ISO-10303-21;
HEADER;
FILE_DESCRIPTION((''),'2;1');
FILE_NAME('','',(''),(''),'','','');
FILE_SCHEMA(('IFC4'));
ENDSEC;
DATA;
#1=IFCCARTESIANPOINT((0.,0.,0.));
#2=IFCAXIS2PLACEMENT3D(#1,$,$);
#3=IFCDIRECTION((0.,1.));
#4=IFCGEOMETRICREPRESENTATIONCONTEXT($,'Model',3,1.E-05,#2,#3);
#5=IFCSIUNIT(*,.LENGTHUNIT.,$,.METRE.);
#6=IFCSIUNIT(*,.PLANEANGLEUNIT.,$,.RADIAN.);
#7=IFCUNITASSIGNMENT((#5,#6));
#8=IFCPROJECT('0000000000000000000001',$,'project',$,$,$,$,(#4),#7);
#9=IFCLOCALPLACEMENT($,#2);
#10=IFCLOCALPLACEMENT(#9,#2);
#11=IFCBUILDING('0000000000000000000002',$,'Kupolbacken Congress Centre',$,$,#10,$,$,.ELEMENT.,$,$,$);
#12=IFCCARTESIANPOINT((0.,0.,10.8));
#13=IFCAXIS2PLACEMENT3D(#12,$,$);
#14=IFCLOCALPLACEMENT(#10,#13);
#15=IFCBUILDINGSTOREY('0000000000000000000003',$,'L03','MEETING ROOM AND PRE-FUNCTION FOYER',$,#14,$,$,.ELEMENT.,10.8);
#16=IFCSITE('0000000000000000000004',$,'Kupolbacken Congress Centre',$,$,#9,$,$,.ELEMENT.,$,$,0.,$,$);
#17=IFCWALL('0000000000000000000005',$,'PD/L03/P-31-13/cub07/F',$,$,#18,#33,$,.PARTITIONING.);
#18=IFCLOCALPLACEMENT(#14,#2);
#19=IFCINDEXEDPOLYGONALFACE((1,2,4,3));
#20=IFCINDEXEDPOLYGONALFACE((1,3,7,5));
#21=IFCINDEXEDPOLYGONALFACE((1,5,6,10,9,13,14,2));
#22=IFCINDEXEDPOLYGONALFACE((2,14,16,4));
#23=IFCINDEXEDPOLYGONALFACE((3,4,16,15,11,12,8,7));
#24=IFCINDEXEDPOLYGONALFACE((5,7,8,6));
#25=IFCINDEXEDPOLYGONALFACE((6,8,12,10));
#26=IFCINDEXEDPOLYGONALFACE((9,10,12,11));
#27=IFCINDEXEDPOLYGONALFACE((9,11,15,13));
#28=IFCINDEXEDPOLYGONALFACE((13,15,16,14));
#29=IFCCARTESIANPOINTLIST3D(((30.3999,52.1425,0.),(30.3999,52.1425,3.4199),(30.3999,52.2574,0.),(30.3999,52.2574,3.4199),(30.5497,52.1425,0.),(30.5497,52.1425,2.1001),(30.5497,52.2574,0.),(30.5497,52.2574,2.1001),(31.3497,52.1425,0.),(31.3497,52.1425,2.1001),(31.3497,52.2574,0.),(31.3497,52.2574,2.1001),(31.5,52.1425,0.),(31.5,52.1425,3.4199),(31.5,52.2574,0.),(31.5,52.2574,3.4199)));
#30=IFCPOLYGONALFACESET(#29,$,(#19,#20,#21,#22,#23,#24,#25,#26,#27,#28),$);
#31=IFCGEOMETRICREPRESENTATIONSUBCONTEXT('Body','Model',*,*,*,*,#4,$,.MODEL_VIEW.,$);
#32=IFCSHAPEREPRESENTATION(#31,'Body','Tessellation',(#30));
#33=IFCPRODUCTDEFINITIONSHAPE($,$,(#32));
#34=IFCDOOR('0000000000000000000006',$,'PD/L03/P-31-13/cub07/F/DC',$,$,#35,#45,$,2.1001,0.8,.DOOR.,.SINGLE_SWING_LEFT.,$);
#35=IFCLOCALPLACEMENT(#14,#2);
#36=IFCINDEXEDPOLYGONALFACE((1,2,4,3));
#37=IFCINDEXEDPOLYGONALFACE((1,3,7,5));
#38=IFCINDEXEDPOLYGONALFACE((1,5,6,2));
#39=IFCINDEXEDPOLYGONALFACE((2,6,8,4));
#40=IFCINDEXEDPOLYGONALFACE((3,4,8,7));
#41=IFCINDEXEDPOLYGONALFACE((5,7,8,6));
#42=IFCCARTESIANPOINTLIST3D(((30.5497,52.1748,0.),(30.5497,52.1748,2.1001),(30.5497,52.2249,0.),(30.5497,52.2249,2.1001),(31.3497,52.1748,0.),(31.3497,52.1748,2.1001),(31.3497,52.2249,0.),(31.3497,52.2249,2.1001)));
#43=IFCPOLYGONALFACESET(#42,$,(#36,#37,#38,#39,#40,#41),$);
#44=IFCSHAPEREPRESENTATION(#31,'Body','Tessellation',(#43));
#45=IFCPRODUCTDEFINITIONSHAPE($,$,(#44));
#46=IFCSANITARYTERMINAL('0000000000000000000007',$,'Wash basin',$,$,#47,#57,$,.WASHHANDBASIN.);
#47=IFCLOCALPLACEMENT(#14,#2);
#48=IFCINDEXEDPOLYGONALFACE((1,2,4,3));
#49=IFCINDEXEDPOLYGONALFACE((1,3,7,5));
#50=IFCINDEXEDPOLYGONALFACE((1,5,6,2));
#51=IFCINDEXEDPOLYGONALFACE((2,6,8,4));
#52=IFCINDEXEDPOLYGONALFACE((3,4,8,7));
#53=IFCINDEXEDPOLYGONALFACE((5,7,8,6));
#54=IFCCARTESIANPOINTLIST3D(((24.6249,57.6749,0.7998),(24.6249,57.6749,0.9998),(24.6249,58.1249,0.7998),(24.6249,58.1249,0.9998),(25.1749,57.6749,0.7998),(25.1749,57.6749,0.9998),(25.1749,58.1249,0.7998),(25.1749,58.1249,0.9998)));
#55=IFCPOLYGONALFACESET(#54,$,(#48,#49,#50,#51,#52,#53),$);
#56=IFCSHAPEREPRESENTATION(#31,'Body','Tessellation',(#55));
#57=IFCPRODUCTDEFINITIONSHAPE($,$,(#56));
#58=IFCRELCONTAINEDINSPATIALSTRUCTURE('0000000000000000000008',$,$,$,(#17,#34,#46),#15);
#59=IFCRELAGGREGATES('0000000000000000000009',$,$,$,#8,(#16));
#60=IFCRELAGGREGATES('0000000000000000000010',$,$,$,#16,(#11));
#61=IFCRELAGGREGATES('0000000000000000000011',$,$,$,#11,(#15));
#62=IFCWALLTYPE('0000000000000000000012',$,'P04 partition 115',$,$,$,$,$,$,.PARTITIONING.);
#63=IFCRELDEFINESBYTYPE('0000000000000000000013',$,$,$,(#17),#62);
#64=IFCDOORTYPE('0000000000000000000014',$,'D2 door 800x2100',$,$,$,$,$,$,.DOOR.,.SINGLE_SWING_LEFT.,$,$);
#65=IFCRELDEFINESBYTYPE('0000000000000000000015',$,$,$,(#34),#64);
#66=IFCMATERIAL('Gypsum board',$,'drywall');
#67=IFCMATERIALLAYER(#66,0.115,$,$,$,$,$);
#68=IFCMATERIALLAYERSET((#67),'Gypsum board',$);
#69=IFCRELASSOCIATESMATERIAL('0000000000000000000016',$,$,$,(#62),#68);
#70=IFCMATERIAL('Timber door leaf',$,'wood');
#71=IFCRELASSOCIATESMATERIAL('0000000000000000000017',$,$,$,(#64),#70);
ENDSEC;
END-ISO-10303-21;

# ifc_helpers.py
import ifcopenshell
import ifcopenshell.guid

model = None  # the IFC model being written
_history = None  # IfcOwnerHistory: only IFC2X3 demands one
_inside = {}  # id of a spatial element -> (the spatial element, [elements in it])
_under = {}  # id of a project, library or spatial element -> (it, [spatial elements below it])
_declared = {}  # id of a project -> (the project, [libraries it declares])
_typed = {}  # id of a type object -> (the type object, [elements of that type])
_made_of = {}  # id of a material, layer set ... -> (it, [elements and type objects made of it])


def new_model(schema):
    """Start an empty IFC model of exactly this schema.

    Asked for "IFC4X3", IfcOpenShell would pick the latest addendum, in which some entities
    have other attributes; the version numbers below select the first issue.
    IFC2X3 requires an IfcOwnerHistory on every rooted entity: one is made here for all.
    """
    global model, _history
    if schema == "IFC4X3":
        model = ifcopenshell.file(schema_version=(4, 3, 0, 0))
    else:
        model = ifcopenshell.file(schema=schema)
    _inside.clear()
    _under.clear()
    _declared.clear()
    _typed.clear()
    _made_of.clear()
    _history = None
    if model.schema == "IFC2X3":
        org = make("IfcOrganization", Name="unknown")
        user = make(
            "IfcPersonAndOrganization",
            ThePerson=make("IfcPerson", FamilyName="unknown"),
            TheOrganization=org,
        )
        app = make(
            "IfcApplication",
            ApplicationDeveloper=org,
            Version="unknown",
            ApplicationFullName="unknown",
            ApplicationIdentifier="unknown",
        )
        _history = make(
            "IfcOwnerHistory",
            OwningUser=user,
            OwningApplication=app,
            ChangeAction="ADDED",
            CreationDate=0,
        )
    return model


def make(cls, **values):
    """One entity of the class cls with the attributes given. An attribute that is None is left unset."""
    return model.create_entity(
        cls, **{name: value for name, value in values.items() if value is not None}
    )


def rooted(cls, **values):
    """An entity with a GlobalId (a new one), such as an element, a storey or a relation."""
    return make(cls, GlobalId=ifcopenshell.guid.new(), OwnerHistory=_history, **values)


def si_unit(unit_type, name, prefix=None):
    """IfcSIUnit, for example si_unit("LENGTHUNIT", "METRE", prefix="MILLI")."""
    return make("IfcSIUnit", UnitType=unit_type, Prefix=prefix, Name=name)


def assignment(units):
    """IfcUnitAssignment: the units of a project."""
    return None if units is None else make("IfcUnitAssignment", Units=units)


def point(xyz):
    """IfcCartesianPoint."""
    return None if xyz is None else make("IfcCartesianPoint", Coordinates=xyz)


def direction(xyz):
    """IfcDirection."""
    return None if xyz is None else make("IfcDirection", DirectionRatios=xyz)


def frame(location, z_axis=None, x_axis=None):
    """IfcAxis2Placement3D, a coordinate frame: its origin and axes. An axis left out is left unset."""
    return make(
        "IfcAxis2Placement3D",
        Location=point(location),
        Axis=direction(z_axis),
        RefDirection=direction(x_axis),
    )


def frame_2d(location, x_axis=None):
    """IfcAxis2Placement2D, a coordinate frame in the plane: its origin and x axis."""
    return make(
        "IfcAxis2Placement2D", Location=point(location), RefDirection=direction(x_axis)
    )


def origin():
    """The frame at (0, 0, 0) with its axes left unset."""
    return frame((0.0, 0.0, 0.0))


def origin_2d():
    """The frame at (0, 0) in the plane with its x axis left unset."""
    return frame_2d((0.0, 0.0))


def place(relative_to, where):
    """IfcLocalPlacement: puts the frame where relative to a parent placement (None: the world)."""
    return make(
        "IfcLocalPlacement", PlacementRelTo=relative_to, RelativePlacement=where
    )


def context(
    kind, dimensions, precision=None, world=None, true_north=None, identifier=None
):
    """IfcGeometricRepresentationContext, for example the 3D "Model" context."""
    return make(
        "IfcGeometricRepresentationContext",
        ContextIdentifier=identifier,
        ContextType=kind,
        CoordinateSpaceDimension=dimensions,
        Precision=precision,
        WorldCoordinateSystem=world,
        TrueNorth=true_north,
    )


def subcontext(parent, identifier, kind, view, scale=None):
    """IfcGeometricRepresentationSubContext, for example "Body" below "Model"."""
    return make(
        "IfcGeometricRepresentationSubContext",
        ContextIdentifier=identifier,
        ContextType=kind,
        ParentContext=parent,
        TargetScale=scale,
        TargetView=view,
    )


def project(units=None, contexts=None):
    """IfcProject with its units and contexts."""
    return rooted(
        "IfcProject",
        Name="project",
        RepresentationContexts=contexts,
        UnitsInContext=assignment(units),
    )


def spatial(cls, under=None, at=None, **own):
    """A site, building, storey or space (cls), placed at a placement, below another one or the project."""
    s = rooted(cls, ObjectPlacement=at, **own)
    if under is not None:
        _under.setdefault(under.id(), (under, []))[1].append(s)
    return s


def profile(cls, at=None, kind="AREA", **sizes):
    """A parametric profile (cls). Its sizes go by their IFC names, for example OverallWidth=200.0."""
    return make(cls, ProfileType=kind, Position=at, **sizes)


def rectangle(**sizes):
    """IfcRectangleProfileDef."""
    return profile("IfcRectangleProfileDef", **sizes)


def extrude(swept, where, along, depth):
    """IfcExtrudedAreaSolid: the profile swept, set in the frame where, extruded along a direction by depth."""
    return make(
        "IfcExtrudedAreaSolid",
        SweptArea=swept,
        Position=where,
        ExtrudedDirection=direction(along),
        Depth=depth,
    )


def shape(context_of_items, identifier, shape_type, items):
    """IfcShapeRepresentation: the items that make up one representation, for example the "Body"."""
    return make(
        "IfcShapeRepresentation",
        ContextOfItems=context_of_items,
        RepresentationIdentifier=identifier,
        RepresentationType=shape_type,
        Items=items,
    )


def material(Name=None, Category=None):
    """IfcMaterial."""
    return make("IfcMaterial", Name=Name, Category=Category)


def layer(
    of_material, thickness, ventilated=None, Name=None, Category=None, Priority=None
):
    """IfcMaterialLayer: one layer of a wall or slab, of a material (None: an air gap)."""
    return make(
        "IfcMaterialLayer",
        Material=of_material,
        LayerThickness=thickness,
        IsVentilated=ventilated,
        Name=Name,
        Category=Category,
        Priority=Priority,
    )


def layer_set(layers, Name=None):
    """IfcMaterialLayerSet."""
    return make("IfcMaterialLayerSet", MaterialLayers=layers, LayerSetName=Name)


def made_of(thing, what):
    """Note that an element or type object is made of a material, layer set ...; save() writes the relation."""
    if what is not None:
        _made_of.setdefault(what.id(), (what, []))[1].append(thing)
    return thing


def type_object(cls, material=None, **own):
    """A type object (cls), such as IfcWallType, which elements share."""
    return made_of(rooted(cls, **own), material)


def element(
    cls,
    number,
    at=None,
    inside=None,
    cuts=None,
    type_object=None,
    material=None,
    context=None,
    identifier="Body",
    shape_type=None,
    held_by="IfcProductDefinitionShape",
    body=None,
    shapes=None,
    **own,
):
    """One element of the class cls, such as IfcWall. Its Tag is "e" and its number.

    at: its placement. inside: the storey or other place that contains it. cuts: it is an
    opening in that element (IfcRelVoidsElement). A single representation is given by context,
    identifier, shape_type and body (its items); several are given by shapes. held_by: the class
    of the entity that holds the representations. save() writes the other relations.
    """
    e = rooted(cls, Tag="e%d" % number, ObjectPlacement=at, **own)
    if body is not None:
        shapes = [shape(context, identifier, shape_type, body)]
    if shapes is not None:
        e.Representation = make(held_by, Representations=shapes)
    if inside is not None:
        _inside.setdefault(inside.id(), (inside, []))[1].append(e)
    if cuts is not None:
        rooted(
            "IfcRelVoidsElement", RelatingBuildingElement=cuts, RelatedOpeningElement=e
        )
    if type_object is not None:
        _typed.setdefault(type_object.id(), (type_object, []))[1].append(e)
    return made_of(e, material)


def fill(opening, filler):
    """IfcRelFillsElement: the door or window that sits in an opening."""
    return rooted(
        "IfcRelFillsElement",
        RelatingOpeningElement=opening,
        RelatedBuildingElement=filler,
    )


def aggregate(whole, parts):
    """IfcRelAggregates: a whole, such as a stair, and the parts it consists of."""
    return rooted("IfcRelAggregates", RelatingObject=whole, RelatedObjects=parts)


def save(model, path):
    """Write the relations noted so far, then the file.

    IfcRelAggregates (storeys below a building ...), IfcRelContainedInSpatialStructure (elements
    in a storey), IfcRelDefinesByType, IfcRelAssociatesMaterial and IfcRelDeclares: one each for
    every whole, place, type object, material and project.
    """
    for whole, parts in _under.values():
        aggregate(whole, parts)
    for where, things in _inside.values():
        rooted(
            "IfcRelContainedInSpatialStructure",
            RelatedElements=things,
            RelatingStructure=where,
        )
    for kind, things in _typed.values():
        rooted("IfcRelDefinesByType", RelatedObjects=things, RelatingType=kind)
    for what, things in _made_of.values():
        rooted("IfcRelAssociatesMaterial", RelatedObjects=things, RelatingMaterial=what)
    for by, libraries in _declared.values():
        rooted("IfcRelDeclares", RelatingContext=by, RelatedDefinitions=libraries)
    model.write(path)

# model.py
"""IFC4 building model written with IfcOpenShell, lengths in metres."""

from ifc_helpers import new_model, si_unit, direction, frame, frame_2d, origin, origin_2d, place, context, subcontext, project, spatial, rectangle, extrude, material, layer, layer_set, type_object, element, fill, save


model = new_model("IFC4")

# Units and contexts
model_context = context("Model", 3, precision=1e-05, world=origin(), true_north=direction((0.0, 1.0)))
body_context = subcontext(model_context, "Body", "Model", "MODEL_VIEW")
ifc_project = project(units=[si_unit("LENGTHUNIT", "METRE"), si_unit("PLANEANGLEUNIT", "RADIAN")], contexts=[model_context])

# Site, building, storey
site_placement = place(None, origin())
site = spatial("IfcSite", under=ifc_project, at=site_placement, Name="Kupolbacken Congress Centre", CompositionType="ELEMENT", RefElevation=0.0)
building_placement = place(site_placement, origin())
building = spatial("IfcBuilding", under=site, at=building_placement, Name="Kupolbacken Congress Centre", CompositionType="ELEMENT")
storey_placement = place(building_placement, frame((0.0, 0.0, 10.8)))
storey = spatial("IfcBuildingStorey", under=building, at=storey_placement, Name="L03", Description="MEETING ROOM AND PRE-FUNCTION FOYER", CompositionType="ELEMENT", Elevation=10.8)

# Wall, opening, door
ifc_material_1 = material(Name="Gypsum board", Category="drywall")
ifc_layer = layer(ifc_material_1, 0.115)
ifc_layer_set = layer_set([ifc_layer], Name="Gypsum board")
wall_type = type_object("IfcWallType", Name="P04 partition 115", PredefinedType="PARTITIONING", material=ifc_layer_set)
ifc_material_2 = material(Name="Timber door leaf", Category="wood")
door_type = type_object("IfcDoorType", Name="D2 door 800x2100", OperationType="SINGLE_SWING_LEFT", PredefinedType="DOOR", material=ifc_material_2)
wall_1_placement = place(storey_placement, frame((30.3999, 52.2, 0.0), z_axis=(0.0, 0.0, 1.0), x_axis=(1.0, 0.0, 0.0)))
wall_1 = element("IfcWall", 1, at=wall_1_placement, inside=storey, type_object=wall_type, Name="PD/L03/P-31-13/cub07/F", PredefinedType="PARTITIONING", context=body_context, shape_type="SweptSolid", body=[
    extrude(rectangle(XDim=1.1001, YDim=0.115, at=frame_2d((0.55, 0.0))), origin(), (0.0, 0.0, 1.0), 3.4199),
])
opening_1_placement = place(wall_1_placement, frame((0.1499, 0.0, 0.0)))
opening_1 = element("IfcOpeningElement", 2, at=opening_1_placement, cuts=wall_1, PredefinedType="OPENING", context=body_context, shape_type="SweptSolid", body=[
    extrude(rectangle(XDim=0.8, YDim=2.1001, at=frame_2d((0.3999, 1.05))), frame((0.0, 0.0674, 0.0), z_axis=(0.0, -1.0, 0.0), x_axis=(1.0, 0.0, 0.0)), (0.0, 0.0, 1.0), 0.135),
])
door_1_placement = place(opening_1_placement, origin())
door_1 = element("IfcDoor", 3, at=door_1_placement, inside=storey, type_object=door_type, Name="PD/L03/P-31-13/cub07/F/DC", OperationType="SINGLE_SWING_LEFT", OverallHeight=2.1001, OverallWidth=0.8, PredefinedType="DOOR", context=body_context, shape_type="SweptSolid", body=[
    extrude(rectangle(XDim=0.8, YDim=2.1001, at=frame_2d((0.3999, 1.05))), frame((0.0, 0.0249, 0.0), z_axis=(0.0, -1.0, 0.0), x_axis=(1.0, 0.0, 0.0)), (0.0, 0.0, 1.0), 0.05),
])
fill(opening_1, door_1)

# Sanitary terminal
sanitary_terminal_placement = place(storey_placement, frame((24.8999, 57.8999, 0.7998), z_axis=(0.0, 0.0, 1.0), x_axis=(1.0, 0.0, 0.0)))
element("IfcSanitaryTerminal", 4, at=sanitary_terminal_placement, inside=storey, Name="Wash basin", PredefinedType="WASHHANDBASIN", context=body_context, shape_type="SweptSolid", body=[
    extrude(rectangle(XDim=0.55, YDim=0.45, at=origin_2d()), origin(), (0.0, 0.0, 1.0), 0.2),
])

save(model, "model.ifc")
